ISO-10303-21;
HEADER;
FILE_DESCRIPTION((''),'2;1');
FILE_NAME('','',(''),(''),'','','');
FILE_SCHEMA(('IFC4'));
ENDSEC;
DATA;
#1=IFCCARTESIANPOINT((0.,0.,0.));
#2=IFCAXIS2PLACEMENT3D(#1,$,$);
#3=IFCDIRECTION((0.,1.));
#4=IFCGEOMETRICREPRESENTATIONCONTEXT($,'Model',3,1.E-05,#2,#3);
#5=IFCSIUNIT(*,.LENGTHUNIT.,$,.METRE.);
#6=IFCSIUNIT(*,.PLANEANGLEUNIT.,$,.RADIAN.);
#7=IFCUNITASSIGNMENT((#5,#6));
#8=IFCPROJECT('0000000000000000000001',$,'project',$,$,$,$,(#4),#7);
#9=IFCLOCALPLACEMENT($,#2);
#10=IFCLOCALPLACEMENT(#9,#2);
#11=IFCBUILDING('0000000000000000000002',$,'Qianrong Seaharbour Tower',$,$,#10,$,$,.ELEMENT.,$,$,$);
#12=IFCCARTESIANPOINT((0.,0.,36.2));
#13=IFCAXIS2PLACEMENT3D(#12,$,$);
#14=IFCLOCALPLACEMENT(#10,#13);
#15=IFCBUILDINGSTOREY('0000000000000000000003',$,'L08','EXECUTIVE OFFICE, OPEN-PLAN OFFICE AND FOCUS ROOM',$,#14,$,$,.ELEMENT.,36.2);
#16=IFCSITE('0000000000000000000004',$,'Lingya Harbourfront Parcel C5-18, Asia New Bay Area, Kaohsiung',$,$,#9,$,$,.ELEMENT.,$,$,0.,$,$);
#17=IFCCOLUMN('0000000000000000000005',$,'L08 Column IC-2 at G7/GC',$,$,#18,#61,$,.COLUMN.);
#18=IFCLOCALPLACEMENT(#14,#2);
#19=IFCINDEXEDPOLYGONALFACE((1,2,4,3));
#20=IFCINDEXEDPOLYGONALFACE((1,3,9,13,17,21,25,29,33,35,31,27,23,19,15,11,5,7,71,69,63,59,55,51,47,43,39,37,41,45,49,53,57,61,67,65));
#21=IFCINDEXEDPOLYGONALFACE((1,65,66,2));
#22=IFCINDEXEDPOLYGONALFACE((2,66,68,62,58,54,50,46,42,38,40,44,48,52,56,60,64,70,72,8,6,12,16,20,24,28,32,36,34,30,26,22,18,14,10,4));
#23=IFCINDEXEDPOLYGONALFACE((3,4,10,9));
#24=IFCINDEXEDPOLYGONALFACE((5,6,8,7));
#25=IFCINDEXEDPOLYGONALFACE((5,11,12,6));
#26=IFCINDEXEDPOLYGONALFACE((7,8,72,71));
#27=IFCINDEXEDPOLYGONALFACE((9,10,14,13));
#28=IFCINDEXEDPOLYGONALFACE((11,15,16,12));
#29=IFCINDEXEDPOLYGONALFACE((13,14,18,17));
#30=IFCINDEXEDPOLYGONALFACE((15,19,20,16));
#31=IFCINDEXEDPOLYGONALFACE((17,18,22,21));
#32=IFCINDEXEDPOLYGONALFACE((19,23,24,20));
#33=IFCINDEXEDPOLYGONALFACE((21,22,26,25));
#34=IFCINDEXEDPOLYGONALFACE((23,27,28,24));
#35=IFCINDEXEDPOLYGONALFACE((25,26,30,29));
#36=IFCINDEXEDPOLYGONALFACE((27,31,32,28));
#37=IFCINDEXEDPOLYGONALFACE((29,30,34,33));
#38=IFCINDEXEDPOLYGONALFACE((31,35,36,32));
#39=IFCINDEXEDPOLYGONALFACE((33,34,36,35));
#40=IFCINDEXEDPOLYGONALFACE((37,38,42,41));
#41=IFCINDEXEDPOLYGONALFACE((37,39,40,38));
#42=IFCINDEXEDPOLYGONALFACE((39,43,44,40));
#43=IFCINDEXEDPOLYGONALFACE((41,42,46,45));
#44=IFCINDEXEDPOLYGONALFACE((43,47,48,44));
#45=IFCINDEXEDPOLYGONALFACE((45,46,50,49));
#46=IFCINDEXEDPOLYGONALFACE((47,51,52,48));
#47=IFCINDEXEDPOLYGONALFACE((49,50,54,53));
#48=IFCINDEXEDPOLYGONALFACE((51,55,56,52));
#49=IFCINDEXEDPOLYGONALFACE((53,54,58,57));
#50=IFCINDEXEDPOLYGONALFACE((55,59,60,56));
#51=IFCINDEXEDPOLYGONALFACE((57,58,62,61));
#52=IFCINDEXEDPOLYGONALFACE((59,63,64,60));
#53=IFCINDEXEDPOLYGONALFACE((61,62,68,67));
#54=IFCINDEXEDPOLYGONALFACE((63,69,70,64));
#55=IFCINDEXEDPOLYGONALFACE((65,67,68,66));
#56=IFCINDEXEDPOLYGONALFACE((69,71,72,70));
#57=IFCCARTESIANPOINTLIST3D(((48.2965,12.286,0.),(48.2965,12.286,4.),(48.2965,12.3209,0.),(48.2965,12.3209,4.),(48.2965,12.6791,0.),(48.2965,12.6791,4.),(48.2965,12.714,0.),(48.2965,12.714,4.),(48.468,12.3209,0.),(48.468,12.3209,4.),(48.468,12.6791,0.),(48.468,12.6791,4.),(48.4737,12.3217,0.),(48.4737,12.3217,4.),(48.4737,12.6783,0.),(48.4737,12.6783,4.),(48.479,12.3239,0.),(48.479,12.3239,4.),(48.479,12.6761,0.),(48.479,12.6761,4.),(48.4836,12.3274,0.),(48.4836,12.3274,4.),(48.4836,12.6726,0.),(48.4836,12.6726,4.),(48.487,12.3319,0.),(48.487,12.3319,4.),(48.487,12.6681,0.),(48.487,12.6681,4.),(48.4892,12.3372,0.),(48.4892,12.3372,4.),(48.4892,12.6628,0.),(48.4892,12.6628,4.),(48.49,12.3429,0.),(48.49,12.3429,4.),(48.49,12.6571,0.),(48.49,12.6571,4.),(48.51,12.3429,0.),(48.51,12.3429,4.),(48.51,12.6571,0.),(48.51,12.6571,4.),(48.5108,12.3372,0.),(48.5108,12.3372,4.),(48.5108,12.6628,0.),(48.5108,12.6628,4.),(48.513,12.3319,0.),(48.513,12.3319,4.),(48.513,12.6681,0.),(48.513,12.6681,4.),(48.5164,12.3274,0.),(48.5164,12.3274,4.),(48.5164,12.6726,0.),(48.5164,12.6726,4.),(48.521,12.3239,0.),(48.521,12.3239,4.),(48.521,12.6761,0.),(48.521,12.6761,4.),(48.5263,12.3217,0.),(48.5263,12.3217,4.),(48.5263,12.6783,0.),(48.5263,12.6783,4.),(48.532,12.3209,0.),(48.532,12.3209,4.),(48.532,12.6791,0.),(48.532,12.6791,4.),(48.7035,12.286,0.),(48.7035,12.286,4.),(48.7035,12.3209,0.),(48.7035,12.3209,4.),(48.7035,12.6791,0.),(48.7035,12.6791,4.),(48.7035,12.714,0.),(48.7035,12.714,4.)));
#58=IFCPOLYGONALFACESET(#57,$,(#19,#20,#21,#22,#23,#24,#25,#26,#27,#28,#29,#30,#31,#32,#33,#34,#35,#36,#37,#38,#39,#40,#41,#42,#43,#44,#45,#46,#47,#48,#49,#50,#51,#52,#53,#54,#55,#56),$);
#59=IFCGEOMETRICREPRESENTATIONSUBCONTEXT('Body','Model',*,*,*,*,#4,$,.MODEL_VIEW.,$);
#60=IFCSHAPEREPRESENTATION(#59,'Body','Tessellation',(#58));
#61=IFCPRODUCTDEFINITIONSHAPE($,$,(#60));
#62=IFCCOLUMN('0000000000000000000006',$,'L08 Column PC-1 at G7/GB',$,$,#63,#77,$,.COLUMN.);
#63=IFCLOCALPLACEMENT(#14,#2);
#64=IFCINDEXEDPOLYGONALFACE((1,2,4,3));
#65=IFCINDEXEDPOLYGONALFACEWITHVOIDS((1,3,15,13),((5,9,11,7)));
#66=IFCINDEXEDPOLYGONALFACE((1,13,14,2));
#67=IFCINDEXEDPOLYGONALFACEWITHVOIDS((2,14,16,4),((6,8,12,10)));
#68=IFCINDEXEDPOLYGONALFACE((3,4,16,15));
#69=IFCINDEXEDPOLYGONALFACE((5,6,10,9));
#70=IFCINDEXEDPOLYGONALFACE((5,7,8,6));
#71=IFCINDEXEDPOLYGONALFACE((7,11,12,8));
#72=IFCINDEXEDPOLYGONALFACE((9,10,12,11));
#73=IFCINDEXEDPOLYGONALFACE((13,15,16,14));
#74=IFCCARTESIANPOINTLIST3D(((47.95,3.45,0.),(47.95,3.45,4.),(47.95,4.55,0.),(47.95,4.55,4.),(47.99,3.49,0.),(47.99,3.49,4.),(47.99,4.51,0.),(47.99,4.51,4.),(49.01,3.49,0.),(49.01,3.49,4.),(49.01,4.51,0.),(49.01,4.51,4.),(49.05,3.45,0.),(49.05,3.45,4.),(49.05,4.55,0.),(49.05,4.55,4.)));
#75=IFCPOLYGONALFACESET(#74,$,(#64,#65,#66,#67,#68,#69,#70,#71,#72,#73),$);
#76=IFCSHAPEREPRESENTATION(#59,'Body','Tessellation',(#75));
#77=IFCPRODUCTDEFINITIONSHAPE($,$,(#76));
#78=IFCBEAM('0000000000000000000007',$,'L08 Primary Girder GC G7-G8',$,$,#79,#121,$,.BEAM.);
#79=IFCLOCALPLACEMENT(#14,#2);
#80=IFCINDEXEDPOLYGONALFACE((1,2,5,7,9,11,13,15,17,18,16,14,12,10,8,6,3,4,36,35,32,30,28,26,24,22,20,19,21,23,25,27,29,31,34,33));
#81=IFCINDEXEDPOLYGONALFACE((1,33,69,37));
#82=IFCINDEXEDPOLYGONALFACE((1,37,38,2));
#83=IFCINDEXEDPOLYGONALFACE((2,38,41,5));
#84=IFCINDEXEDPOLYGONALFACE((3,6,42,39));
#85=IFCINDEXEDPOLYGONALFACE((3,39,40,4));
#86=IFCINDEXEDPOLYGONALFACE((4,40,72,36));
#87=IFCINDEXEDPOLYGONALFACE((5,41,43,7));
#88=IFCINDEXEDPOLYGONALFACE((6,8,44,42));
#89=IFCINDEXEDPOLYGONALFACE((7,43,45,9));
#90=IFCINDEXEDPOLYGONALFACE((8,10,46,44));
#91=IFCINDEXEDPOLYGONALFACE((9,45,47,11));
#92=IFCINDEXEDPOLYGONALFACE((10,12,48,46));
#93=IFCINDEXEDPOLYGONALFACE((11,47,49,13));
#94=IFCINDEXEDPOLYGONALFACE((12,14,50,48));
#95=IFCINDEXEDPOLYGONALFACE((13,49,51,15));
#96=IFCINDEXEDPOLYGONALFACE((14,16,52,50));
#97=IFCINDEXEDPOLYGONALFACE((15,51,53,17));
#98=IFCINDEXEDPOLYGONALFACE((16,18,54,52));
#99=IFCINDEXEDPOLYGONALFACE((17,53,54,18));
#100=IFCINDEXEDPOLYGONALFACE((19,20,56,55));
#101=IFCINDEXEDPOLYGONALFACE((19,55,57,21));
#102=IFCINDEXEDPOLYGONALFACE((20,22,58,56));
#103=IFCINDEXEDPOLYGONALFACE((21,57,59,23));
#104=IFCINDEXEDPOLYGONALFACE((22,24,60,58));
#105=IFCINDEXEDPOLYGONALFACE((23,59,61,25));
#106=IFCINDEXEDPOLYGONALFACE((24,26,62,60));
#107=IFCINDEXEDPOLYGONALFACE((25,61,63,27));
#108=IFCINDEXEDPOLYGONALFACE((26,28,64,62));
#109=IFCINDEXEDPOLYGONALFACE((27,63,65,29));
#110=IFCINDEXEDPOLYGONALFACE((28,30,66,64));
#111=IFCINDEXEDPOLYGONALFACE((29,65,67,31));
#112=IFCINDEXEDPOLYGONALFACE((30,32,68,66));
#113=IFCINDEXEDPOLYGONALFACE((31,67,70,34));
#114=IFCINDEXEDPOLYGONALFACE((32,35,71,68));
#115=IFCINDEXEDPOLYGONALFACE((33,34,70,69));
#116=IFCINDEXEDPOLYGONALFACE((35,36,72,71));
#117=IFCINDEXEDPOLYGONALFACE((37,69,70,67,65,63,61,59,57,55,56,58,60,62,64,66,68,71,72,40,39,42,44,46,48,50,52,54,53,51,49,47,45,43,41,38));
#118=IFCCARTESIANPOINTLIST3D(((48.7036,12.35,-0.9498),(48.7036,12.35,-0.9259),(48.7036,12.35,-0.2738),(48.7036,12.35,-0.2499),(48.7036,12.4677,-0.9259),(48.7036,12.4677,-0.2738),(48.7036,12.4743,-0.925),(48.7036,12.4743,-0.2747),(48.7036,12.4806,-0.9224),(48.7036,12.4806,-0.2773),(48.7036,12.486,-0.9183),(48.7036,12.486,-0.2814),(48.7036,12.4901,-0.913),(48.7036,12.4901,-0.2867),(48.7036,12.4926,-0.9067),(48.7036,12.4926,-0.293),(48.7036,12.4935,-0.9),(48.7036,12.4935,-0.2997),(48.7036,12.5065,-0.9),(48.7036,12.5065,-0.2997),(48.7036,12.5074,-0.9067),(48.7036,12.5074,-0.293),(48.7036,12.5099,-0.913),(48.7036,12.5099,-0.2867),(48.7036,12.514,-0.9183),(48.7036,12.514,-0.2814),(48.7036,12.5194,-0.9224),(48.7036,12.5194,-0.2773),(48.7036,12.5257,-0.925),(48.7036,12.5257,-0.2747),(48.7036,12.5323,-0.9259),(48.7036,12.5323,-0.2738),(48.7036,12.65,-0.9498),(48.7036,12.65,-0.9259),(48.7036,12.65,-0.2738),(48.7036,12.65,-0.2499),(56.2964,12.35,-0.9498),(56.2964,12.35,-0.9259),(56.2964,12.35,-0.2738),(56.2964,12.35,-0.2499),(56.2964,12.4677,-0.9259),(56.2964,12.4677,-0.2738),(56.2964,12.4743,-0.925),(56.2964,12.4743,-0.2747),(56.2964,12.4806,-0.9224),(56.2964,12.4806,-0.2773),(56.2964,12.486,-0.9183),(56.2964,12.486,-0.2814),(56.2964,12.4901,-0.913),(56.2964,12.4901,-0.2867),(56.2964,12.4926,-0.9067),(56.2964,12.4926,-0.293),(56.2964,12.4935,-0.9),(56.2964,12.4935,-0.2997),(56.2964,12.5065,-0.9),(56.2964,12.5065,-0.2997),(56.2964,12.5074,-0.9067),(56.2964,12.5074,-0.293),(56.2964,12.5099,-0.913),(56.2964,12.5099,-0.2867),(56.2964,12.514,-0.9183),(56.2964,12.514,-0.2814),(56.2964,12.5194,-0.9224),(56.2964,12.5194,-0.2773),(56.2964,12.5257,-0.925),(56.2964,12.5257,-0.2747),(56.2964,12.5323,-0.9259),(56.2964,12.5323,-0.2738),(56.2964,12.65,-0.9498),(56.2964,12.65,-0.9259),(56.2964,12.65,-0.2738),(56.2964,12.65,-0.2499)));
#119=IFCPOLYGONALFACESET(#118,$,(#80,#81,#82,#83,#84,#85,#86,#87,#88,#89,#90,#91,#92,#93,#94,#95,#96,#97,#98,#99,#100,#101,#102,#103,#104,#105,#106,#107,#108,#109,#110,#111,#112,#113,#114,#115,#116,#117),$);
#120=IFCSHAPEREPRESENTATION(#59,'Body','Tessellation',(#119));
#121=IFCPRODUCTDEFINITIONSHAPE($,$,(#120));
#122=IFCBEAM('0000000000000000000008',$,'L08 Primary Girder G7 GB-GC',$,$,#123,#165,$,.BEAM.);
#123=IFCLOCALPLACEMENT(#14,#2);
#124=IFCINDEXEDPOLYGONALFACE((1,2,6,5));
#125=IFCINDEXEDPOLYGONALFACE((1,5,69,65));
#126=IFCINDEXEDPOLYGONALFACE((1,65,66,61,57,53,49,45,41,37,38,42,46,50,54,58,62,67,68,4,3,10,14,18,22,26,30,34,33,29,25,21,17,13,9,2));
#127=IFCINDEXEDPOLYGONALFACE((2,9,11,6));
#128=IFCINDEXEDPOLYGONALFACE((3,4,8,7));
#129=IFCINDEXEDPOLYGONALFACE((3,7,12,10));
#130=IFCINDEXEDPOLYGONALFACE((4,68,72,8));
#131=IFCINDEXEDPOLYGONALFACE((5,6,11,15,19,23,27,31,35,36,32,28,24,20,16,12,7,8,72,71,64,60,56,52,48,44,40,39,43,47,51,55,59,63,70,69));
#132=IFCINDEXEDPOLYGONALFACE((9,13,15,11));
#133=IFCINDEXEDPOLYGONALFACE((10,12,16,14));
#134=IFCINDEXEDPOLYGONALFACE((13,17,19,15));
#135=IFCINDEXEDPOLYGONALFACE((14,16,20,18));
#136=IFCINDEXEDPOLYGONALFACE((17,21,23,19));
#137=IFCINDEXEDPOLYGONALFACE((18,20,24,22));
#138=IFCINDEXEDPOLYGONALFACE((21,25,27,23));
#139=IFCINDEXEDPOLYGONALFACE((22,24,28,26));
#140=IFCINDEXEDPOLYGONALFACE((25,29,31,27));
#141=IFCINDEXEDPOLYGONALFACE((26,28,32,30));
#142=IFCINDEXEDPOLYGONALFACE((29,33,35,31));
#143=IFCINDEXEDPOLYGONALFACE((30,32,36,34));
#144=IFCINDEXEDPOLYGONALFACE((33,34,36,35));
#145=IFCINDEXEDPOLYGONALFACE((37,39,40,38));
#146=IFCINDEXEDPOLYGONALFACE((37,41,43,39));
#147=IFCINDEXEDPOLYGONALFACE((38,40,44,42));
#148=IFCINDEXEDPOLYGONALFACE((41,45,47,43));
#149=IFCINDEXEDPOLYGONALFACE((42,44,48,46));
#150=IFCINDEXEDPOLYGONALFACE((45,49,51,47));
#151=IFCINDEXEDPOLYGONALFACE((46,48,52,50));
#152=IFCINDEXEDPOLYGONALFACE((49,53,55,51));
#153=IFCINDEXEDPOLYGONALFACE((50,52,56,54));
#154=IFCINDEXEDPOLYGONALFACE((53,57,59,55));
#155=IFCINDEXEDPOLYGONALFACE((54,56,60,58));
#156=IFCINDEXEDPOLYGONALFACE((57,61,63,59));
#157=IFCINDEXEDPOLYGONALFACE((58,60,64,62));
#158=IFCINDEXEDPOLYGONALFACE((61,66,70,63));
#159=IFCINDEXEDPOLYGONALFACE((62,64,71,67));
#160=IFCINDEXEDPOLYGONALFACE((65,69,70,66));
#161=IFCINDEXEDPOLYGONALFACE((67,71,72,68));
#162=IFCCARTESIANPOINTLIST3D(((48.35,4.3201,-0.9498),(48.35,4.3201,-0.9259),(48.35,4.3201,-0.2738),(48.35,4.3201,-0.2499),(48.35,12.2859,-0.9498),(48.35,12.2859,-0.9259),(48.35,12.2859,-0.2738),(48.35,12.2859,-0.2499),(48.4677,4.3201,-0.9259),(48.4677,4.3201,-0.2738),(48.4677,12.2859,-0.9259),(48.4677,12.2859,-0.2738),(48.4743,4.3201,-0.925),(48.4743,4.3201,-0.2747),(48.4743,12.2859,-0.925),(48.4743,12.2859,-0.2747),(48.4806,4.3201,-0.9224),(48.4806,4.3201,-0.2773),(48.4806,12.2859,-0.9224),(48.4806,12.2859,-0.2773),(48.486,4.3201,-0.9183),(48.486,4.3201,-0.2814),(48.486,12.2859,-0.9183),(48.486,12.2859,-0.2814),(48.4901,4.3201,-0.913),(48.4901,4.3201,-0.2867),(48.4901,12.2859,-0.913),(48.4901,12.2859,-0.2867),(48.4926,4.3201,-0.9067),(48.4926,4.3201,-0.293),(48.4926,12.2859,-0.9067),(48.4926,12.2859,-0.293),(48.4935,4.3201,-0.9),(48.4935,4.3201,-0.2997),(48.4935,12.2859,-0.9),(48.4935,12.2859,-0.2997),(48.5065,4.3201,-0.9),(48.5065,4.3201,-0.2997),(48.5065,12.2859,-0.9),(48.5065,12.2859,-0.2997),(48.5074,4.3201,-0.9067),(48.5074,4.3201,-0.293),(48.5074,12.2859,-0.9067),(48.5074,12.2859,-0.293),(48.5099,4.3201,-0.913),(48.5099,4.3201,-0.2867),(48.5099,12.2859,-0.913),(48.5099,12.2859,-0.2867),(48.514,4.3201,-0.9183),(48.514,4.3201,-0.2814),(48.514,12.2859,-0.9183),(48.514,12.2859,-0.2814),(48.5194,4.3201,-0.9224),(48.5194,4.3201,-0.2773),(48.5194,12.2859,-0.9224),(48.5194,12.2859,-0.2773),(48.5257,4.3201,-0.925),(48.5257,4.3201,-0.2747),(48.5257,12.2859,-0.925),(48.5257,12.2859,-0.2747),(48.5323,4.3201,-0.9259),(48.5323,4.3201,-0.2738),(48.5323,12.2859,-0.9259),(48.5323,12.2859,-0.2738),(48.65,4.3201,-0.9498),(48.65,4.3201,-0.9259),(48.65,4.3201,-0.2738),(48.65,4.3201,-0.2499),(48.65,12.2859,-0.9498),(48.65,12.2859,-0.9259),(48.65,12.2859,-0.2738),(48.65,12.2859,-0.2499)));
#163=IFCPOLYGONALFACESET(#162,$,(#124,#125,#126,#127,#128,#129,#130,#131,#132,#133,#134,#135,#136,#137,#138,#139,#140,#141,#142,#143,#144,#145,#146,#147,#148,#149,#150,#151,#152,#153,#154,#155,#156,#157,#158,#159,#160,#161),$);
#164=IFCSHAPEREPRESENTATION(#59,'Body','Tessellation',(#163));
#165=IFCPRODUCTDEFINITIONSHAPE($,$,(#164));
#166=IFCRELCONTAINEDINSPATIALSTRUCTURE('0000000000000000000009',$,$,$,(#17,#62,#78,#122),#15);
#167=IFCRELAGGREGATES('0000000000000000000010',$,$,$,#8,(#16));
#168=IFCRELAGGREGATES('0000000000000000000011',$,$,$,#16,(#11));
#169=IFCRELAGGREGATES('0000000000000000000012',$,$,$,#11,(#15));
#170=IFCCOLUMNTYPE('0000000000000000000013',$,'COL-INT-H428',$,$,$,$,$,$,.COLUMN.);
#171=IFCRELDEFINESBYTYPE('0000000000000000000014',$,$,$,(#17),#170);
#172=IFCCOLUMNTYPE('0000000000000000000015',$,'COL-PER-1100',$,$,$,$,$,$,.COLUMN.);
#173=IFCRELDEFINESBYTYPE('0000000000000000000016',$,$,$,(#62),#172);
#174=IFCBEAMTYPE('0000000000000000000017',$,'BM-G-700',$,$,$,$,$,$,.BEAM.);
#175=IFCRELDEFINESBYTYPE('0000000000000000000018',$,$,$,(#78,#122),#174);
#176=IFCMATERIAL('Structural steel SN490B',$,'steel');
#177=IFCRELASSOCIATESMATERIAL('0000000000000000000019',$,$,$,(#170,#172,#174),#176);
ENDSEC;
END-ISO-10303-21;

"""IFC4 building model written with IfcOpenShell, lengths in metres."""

from ifc_helpers import new_model, si_unit, direction, frame, origin, origin_2d, place, context, subcontext, project, spatial, hollow_rectangle, i_section, extrude, material, material_profile, profile_set, type_object, element, save


model = new_model("IFC4")

# Units and contexts
model_context = context("Model", 3, precision=1e-05, world=origin(), true_north=direction((0.0, 1.0)))
body_context = subcontext(model_context, "Body", "Model", "MODEL_VIEW")
ifc_project = project(units=[si_unit("LENGTHUNIT", "METRE"), si_unit("PLANEANGLEUNIT", "RADIAN")], contexts=[model_context])

# Site, building, storey
site_placement = place(None, origin())
site = spatial("IfcSite", under=ifc_project, at=site_placement, Name="Lingya Harbourfront Parcel C5-18, Asia New Bay Area, Kaohsiung", CompositionType="ELEMENT", RefElevation=0.0)
building_placement = place(site_placement, origin())
building = spatial("IfcBuilding", under=site, at=building_placement, Name="Qianrong Seaharbour Tower", CompositionType="ELEMENT")
storey_placement = place(building_placement, frame((0.0, 0.0, 36.2)))
storey = spatial("IfcBuildingStorey", under=building, at=storey_placement, Name="L08", Description="EXECUTIVE OFFICE, OPEN-PLAN OFFICE AND FOCUS ROOM", CompositionType="ELEMENT", Elevation=36.2)

# Columns
ifc_material_1 = material(Name="Structural steel SN490B", Category="steel")
ifc_material_profile_1 = material_profile(ifc_material_1, i_section(OverallWidth=0.407, OverallDepth=0.428, WebThickness=0.02, FlangeThickness=0.0349, FilletRadius=0.022, at=origin_2d()), Name="H428x407x20x35")
ifc_profile_set_1 = profile_set([ifc_material_profile_1], Name="Structural steel SN490B")
column_type_1 = type_object("IfcColumnType", Name="COL-INT-H428", PredefinedType="COLUMN", material=ifc_profile_set_1)
column_1_placement = place(storey_placement, frame((48.5, 12.5, 0.0), z_axis=(0.0, 0.0, 1.0), x_axis=(1.0, 0.0, 0.0)))
element("IfcColumn", 1, at=column_1_placement, inside=storey, type_object=column_type_1, Name="L08 Column IC-2 at G7/GC", PredefinedType="COLUMN", context=body_context, shape_type="SweptSolid", body=[
    extrude(i_section(OverallWidth=0.407, OverallDepth=0.428, WebThickness=0.02, FlangeThickness=0.0349, FilletRadius=0.022, at=origin_2d()), origin(), (0.0, 0.0, 1.0), 4.0),
])
ifc_material_profile_2 = material_profile(ifc_material_1, hollow_rectangle(XDim=1.1001, YDim=1.1001, WallThickness=0.04, at=origin_2d()), Name="BOX1100x1100x40")
ifc_profile_set_2 = profile_set([ifc_material_profile_2], Name="Structural steel SN490B")
column_type_2 = type_object("IfcColumnType", Name="COL-PER-1100", PredefinedType="COLUMN", material=ifc_profile_set_2)
column_2_placement = place(storey_placement, frame((48.5, 4.0, 0.0), z_axis=(0.0, 0.0, 1.0), x_axis=(1.0, 0.0, 0.0)))
element("IfcColumn", 2, at=column_2_placement, inside=storey, type_object=column_type_2, Name="L08 Column PC-1 at G7/GB", PredefinedType="COLUMN", context=body_context, shape_type="SweptSolid", body=[
    extrude(hollow_rectangle(XDim=1.1001, YDim=1.1001, WallThickness=0.04, at=origin_2d()), origin(), (0.0, 0.0, 1.0), 4.0),
])

# Beams
ifc_material_profile_3 = material_profile(ifc_material_1, i_section(OverallWidth=0.3, OverallDepth=0.7, WebThickness=0.0129, FlangeThickness=0.0239, FilletRadius=0.0259, at=origin_2d()), Name="H700x300x13x24")
ifc_profile_set_3 = profile_set([ifc_material_profile_3], Name="Structural steel SN490B")
beam_type_1 = type_object("IfcBeamType", Name="BM-G-700", PredefinedType="BEAM", material=ifc_profile_set_3)
beam_1_placement = place(storey_placement, frame((48.7036, 12.5, -0.5999), z_axis=(1.0, 0.0, 0.0), x_axis=(0.0, 1.0, 0.0)))
element("IfcBeam", 3, at=beam_1_placement, inside=storey, type_object=beam_type_1, Name="L08 Primary Girder GC G7-G8", PredefinedType="BEAM", context=body_context, shape_type="SweptSolid", body=[
    extrude(i_section(OverallWidth=0.3, OverallDepth=0.7, WebThickness=0.0129, FlangeThickness=0.0239, FilletRadius=0.0259, at=origin_2d()), origin(), (0.0, 0.0, 1.0), 7.5928),
])
beam_2_placement = place(storey_placement, frame((48.5, 4.3201, -0.5999), z_axis=(0.0, 1.0, 0.0), x_axis=(-1.0, 0.0, 0.0)))
element("IfcBeam", 4, at=beam_2_placement, inside=storey, type_object=beam_type_1, Name="L08 Primary Girder G7 GB-GC", PredefinedType="BEAM", context=body_context, shape_type="SweptSolid", body=[
    extrude(i_section(OverallWidth=0.3, OverallDepth=0.7, WebThickness=0.0129, FlangeThickness=0.0239, FilletRadius=0.0259, at=origin_2d()), origin(), (0.0, 0.0, 1.0), 7.9658),
])

save(model, "model.ifc")
